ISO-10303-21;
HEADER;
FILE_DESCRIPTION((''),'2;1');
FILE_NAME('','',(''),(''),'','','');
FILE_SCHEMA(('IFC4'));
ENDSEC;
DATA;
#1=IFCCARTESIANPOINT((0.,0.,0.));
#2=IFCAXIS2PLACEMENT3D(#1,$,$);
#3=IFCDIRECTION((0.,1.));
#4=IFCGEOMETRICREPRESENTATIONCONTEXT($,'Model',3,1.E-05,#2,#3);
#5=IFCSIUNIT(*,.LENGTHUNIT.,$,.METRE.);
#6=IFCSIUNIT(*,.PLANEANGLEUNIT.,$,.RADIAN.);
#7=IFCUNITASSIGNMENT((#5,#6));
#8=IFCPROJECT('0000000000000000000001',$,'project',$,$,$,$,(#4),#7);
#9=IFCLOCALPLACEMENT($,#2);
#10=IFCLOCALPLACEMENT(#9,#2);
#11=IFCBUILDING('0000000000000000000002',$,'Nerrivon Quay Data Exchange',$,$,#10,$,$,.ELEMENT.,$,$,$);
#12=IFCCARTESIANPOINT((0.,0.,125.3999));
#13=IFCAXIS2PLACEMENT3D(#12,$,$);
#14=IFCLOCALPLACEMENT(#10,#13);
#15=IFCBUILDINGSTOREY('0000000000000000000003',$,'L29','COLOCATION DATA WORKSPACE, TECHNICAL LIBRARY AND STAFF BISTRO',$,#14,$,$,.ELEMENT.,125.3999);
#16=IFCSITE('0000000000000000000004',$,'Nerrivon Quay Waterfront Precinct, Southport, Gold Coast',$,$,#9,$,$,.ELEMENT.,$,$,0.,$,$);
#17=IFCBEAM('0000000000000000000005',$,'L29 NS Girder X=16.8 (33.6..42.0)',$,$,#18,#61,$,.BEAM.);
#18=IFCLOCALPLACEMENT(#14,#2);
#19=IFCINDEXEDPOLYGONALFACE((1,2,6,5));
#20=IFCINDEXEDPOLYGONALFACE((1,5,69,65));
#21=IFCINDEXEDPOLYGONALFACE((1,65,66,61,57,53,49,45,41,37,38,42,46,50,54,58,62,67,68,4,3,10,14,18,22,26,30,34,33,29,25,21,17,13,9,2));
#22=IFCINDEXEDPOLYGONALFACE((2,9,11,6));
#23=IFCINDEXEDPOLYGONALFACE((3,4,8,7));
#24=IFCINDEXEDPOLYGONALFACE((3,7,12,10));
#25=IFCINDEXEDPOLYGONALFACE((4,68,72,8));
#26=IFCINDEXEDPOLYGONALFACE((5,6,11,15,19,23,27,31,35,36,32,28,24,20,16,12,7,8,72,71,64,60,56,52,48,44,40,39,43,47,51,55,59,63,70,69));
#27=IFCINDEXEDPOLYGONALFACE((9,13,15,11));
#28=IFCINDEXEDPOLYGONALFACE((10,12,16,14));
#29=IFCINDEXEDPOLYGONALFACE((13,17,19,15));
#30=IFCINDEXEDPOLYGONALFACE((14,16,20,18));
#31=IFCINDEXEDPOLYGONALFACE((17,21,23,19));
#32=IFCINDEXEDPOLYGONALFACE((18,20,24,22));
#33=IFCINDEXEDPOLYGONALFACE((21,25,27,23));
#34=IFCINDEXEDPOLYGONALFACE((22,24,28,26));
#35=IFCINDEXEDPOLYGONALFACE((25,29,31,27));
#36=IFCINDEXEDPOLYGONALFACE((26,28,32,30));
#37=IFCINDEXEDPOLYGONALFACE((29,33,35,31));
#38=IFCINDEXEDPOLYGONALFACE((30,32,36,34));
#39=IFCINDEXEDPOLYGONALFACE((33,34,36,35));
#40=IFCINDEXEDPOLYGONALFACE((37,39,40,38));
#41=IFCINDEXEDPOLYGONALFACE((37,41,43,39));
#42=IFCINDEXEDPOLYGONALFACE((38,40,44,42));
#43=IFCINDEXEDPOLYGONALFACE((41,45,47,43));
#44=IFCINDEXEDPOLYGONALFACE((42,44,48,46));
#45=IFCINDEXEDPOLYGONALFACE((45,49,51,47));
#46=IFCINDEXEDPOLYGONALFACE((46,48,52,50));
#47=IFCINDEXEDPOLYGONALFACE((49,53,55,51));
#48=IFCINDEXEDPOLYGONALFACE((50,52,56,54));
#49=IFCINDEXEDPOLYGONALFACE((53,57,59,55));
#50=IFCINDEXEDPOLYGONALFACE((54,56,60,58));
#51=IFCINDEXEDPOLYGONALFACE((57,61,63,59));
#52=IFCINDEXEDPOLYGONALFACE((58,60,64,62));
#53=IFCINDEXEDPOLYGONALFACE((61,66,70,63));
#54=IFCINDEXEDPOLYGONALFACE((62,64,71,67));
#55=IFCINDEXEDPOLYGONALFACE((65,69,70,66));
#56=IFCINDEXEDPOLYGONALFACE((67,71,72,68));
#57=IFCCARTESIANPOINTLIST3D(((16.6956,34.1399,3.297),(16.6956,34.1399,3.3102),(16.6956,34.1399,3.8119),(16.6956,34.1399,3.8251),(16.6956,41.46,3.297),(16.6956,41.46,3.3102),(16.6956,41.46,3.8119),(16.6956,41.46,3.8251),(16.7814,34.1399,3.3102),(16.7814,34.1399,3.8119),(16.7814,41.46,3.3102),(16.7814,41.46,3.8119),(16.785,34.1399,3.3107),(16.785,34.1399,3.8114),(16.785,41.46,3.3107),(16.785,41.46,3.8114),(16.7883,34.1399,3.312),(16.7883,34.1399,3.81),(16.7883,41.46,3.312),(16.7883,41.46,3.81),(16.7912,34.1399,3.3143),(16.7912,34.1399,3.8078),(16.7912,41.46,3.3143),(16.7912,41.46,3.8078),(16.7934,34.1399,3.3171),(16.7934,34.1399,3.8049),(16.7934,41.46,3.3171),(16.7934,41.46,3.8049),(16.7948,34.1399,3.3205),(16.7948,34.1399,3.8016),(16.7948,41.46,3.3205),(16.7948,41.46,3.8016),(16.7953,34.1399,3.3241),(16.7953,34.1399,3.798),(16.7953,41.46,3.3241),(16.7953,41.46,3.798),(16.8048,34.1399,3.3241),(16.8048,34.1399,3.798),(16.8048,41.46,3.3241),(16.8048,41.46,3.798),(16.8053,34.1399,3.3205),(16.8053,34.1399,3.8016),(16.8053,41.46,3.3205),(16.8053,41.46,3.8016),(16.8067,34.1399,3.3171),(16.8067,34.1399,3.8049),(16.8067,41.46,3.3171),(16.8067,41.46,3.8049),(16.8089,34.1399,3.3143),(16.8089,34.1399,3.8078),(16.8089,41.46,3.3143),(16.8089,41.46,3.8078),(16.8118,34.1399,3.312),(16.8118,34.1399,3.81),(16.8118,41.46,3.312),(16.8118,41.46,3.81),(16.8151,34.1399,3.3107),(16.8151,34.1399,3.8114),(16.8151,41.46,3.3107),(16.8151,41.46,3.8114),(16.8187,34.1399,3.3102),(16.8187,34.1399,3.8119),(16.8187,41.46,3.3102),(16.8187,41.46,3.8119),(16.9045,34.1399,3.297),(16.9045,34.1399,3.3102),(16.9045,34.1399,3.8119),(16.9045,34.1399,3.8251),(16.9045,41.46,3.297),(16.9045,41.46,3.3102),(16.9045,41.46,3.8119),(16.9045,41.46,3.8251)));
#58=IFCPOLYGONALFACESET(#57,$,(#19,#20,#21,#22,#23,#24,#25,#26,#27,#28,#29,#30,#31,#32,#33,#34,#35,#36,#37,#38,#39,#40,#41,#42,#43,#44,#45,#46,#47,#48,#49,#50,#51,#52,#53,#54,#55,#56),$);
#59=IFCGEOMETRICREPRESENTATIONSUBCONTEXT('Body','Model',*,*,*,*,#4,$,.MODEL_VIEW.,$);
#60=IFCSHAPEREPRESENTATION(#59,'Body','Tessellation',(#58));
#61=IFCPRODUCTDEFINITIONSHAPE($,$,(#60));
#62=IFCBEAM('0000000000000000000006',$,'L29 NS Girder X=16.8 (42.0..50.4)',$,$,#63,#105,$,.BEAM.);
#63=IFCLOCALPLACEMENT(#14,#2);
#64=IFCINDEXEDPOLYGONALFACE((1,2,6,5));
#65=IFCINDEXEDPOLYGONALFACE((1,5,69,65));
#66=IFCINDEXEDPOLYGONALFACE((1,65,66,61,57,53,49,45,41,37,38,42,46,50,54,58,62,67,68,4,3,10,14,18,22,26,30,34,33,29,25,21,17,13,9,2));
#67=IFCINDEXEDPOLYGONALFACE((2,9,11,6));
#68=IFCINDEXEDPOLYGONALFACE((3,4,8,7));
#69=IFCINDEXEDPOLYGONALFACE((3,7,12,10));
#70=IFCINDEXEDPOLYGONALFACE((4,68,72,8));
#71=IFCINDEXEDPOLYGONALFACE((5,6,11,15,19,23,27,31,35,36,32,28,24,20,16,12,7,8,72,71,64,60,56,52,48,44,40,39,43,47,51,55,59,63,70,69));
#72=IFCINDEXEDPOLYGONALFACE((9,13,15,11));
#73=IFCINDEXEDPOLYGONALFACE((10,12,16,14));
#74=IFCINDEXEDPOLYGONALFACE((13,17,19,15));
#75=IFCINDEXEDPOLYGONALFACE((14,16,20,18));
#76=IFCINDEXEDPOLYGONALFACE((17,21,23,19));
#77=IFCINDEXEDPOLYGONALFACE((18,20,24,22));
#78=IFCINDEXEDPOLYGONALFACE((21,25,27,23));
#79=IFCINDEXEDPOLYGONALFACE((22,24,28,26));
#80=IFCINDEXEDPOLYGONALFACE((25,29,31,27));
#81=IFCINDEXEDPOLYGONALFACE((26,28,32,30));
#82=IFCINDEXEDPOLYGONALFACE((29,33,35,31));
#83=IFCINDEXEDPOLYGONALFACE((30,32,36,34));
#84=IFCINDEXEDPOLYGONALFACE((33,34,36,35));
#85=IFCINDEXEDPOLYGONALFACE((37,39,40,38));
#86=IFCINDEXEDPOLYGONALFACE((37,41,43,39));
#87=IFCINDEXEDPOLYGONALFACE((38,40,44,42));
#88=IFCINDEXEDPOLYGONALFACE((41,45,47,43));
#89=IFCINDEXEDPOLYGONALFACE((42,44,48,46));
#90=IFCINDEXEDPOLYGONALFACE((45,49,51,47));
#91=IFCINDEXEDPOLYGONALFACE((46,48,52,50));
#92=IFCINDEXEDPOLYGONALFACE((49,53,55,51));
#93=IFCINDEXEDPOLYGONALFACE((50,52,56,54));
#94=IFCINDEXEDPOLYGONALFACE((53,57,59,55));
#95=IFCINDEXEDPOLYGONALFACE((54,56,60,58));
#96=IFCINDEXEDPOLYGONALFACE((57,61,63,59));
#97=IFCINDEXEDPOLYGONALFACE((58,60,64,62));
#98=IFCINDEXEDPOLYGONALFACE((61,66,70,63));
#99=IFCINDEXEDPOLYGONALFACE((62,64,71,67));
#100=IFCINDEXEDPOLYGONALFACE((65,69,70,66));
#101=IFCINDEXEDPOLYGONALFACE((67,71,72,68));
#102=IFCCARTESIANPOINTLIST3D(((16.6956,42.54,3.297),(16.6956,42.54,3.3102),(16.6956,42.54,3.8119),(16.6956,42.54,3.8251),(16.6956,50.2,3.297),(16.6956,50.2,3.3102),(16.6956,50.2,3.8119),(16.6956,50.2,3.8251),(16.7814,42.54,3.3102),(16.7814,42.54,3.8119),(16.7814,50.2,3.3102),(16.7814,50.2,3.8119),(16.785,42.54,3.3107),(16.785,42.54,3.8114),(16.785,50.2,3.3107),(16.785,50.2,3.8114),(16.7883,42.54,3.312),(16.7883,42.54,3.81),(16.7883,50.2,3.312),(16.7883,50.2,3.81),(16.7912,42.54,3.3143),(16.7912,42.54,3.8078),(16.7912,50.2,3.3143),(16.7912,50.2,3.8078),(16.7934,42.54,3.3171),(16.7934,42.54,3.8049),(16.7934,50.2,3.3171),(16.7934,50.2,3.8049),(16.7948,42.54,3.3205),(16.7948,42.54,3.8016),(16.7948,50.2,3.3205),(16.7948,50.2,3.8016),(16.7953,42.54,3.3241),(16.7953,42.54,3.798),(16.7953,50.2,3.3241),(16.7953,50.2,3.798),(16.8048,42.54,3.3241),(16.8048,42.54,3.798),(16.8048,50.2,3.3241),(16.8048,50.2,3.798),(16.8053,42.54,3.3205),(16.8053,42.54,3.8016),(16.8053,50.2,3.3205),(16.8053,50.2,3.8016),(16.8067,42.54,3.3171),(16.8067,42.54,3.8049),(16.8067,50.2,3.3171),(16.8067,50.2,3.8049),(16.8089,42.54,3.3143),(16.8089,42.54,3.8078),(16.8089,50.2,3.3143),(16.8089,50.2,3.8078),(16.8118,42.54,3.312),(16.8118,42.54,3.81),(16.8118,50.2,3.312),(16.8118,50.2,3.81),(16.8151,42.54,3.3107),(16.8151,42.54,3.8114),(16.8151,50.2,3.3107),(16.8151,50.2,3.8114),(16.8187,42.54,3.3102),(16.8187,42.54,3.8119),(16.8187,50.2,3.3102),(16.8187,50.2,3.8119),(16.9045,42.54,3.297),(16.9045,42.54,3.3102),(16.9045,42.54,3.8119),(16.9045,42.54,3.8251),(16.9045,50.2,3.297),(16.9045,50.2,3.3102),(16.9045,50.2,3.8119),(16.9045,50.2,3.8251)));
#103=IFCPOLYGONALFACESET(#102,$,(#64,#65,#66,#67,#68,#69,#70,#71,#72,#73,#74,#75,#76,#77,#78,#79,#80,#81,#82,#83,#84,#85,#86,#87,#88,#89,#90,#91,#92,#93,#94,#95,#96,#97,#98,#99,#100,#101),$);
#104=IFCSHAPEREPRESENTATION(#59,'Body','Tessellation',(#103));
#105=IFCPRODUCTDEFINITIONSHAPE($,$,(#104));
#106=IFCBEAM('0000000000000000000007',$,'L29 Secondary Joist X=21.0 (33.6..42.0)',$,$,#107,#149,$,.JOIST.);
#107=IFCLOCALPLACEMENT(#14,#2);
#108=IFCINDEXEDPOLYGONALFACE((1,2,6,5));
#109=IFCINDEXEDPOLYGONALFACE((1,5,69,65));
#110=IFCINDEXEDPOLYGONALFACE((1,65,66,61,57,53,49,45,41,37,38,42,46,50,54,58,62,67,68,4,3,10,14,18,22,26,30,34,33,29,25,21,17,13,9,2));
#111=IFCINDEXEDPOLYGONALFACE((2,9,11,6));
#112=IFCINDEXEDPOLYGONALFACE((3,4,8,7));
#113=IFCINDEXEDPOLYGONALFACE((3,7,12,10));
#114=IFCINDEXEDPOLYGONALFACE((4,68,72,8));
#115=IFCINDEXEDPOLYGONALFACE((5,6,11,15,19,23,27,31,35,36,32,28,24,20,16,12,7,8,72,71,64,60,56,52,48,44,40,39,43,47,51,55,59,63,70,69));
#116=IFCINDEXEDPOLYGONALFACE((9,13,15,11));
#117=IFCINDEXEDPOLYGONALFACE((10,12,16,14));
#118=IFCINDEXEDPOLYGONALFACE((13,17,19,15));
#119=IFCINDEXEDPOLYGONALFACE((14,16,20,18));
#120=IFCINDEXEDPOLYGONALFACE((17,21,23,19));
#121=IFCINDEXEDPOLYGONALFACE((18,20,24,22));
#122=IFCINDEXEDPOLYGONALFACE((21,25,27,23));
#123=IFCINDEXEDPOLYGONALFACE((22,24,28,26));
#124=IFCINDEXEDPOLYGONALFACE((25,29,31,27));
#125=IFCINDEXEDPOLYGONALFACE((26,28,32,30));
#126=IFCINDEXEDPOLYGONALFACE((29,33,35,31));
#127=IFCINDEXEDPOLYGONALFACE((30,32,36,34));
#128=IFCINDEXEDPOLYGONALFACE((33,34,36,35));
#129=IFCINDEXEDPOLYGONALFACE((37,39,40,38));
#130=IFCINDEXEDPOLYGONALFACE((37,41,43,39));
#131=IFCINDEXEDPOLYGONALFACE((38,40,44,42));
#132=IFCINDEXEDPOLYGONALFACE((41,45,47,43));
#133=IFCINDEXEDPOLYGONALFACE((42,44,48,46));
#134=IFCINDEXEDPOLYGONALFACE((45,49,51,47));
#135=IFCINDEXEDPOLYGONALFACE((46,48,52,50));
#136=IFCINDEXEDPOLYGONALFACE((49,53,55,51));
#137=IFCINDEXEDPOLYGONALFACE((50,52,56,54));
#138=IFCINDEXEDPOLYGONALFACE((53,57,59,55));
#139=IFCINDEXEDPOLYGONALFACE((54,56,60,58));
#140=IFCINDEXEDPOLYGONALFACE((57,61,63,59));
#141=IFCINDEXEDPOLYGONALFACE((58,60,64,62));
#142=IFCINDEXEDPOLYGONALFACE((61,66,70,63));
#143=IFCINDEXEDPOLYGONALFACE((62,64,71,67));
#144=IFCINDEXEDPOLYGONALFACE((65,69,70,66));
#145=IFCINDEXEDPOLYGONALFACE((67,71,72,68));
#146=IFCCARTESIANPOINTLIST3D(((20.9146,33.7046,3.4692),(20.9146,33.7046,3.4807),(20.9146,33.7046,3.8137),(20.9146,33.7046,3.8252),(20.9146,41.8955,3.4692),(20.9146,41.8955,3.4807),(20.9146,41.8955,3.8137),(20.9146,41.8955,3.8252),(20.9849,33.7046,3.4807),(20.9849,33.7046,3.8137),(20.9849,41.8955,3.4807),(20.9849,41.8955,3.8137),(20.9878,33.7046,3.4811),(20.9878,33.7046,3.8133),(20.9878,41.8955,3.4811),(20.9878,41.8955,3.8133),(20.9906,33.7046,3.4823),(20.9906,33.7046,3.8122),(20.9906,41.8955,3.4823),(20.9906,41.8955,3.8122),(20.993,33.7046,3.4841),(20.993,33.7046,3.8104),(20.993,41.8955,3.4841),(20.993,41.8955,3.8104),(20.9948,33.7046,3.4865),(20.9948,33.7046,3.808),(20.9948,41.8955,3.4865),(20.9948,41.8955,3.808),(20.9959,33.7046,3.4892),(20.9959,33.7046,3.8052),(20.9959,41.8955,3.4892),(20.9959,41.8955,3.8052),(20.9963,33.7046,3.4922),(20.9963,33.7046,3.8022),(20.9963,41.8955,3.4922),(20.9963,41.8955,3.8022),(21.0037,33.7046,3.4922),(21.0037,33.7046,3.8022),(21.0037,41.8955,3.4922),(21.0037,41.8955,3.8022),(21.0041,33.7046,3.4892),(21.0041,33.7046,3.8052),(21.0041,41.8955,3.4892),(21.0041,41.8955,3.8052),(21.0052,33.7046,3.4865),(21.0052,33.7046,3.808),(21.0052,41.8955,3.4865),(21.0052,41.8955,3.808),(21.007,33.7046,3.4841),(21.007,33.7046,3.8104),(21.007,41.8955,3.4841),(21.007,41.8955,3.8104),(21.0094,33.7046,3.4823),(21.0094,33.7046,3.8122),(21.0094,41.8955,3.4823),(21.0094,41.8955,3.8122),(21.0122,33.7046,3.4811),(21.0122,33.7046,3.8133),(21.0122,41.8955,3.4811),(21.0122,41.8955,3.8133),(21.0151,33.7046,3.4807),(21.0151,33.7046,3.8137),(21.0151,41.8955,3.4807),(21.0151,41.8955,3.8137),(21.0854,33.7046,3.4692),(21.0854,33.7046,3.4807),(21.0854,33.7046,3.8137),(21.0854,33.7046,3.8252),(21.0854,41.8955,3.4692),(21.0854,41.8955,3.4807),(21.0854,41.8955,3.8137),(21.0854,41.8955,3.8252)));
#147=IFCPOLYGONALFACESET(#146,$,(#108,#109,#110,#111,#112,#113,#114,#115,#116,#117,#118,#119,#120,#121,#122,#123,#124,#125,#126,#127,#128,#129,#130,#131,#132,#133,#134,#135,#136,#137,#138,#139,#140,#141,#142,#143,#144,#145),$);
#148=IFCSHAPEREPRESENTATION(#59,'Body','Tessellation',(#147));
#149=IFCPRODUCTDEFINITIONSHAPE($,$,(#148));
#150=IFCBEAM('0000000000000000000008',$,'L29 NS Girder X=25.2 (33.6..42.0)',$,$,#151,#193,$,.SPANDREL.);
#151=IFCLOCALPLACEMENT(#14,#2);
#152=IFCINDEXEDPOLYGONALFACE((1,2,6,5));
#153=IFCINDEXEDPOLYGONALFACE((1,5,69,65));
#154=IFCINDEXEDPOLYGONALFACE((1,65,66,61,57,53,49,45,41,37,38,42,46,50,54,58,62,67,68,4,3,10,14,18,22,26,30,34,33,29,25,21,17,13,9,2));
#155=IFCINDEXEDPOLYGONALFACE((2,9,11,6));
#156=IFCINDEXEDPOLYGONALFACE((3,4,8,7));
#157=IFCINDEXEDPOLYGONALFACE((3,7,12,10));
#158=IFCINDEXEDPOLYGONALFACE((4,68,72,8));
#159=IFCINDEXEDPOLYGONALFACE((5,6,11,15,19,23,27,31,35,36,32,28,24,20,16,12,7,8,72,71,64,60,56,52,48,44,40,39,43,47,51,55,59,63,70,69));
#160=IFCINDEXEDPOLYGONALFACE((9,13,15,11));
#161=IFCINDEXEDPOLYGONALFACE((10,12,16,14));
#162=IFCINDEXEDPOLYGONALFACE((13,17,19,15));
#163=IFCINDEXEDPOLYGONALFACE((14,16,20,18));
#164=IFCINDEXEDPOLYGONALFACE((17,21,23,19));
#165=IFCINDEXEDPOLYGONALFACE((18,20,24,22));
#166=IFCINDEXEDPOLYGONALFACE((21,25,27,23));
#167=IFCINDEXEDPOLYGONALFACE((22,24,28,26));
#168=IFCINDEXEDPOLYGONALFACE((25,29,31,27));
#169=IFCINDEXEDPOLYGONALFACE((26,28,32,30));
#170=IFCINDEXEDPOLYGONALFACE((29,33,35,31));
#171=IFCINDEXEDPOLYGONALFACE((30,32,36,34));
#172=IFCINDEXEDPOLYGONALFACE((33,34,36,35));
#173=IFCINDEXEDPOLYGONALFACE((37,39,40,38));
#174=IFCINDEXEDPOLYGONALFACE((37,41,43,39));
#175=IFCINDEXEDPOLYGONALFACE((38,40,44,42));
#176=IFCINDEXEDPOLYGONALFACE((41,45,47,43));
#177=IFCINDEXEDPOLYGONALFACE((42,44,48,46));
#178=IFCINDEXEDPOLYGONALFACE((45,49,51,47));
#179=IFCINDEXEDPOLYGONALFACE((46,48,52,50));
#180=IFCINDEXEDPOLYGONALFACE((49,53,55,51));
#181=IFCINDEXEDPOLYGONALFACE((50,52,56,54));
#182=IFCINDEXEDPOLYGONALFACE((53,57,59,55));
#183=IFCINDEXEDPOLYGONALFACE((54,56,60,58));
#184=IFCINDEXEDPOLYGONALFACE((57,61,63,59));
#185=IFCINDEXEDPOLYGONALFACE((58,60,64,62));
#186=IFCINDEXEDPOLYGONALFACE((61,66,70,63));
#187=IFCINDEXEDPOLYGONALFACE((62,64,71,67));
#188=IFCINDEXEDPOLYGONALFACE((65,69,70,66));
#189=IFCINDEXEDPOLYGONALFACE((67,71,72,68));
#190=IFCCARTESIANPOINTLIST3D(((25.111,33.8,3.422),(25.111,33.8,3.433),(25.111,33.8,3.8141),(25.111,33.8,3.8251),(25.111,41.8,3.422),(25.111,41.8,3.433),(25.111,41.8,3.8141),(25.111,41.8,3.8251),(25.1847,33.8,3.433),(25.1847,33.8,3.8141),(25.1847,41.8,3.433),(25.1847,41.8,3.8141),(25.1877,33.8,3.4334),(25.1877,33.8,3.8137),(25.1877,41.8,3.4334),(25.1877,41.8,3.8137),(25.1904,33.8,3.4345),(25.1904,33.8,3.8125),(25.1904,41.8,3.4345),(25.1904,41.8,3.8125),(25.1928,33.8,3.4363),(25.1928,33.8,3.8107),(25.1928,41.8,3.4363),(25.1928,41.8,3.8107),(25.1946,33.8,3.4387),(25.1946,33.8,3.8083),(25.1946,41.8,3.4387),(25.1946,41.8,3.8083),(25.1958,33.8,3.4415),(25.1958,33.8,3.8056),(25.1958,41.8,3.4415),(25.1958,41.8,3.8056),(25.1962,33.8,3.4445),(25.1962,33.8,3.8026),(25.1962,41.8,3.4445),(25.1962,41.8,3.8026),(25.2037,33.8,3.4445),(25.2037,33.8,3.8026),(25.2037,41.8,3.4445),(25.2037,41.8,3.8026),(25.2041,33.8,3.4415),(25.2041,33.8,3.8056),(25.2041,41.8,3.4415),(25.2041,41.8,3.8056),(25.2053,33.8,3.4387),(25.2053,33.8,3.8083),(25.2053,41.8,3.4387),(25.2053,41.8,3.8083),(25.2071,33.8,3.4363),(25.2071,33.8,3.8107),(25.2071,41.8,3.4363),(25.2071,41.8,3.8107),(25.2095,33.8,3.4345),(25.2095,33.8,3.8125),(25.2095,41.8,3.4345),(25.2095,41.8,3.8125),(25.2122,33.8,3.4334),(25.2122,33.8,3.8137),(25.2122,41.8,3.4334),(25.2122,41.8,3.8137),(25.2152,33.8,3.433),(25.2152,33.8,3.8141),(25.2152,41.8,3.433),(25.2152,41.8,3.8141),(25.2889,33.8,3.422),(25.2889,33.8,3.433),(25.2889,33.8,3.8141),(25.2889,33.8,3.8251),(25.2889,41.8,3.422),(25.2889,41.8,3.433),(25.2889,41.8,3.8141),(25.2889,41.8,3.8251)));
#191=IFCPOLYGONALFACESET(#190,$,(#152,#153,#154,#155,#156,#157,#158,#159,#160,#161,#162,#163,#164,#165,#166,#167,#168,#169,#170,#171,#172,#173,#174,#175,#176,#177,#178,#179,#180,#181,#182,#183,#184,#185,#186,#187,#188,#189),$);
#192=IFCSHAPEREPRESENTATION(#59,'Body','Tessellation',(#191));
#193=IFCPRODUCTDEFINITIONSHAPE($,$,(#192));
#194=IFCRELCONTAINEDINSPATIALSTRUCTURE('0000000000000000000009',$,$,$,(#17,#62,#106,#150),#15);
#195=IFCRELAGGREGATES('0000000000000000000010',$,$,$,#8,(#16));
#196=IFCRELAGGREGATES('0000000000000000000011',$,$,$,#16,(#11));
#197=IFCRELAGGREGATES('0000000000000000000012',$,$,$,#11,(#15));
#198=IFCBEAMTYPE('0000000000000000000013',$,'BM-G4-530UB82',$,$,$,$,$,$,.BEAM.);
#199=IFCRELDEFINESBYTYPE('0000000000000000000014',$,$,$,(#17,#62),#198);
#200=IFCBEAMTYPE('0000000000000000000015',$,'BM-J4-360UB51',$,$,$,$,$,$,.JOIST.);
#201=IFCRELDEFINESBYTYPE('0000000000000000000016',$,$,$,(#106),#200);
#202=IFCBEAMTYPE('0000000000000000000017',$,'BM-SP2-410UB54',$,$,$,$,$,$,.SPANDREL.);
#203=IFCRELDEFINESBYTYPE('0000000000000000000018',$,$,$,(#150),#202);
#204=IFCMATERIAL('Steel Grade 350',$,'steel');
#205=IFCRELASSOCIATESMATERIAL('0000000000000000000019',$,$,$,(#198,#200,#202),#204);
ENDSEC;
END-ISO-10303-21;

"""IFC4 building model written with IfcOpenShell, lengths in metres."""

from ifc_helpers import new_model, si_unit, direction, frame, origin, origin_2d, place, context, subcontext, project, spatial, i_section, extrude, material, material_profile, profile_set, type_object, element, save


model = new_model("IFC4")

# Units and contexts
model_context = context("Model", 3, precision=1e-05, world=origin(), true_north=direction((0.0, 1.0)))
body_context = subcontext(model_context, "Body", "Model", "MODEL_VIEW")
ifc_project = project(units=[si_unit("LENGTHUNIT", "METRE"), si_unit("PLANEANGLEUNIT", "RADIAN")], contexts=[model_context])

# Site, building, storey
site_placement = place(None, origin())
site = spatial("IfcSite", under=ifc_project, at=site_placement, Name="Nerrivon Quay Waterfront Precinct, Southport, Gold Coast", CompositionType="ELEMENT", RefElevation=0.0)
building_placement = place(site_placement, origin())
building = spatial("IfcBuilding", under=site, at=building_placement, Name="Nerrivon Quay Data Exchange", CompositionType="ELEMENT")
storey_placement = place(building_placement, frame((0.0, 0.0, 125.3999)))
storey = spatial("IfcBuildingStorey", under=building, at=storey_placement, Name="L29", Description="COLOCATION DATA WORKSPACE, TECHNICAL LIBRARY AND STAFF BISTRO", CompositionType="ELEMENT", Elevation=125.3999)

# Shared definitions
ifc_material_1 = material(Name="Steel Grade 350", Category="steel")

# Beams
ifc_material_profile_1 = material_profile(ifc_material_1, i_section(OverallWidth=0.209, OverallDepth=0.5281, WebThickness=0.0095, FlangeThickness=0.0132, FilletRadius=0.0139, at=origin_2d()), Name="530UB82.0")
ifc_profile_set_1 = profile_set([ifc_material_profile_1], Name="Steel Grade 350")
beam_type_1 = type_object("IfcBeamType", Name="BM-G4-530UB82", PredefinedType="BEAM", material=ifc_profile_set_1)
beam_1_placement = place(storey_placement, frame((16.8, 34.1399, 3.561), z_axis=(0.0, 1.0, 0.0), x_axis=(-1.0, 0.0, 0.0)))
element("IfcBeam", 1, at=beam_1_placement, inside=storey, type_object=beam_type_1, Name="L29 NS Girder X=16.8 (33.6..42.0)", PredefinedType="BEAM", context=body_context, shape_type="SweptSolid", body=[
    extrude(i_section(OverallWidth=0.209, OverallDepth=0.5281, WebThickness=0.0095, FlangeThickness=0.0132, FilletRadius=0.0139, at=origin_2d()), origin(), (0.0, 0.0, 1.0), 7.3201),
])
beam_2_placement = place(storey_placement, frame((16.8, 42.54, 3.561), z_axis=(0.0, 1.0, 0.0), x_axis=(-1.0, 0.0, 0.0)))
element("IfcBeam", 2, at=beam_2_placement, inside=storey, type_object=beam_type_1, Name="L29 NS Girder X=16.8 (42.0..50.4)", PredefinedType="BEAM", context=body_context, shape_type="SweptSolid", body=[
    extrude(i_section(OverallWidth=0.209, OverallDepth=0.5281, WebThickness=0.0095, FlangeThickness=0.0132, FilletRadius=0.0139, at=origin_2d()), origin(), (0.0, 0.0, 1.0), 7.6599),
])
ifc_material_profile_2 = material_profile(ifc_material_1, i_section(OverallWidth=0.1709, OverallDepth=0.356, WebThickness=0.0073, FlangeThickness=0.0115, FilletRadius=0.0115, at=origin_2d()), Name="360UB50.7")
ifc_profile_set_2 = profile_set([ifc_material_profile_2], Name="Steel Grade 350")
beam_type_2 = type_object("IfcBeamType", Name="BM-J4-360UB51", PredefinedType="JOIST", material=ifc_profile_set_2)
beam_3_placement = place(storey_placement, frame((21.0, 33.7046, 3.6472), z_axis=(0.0, 1.0, 0.0), x_axis=(-1.0, 0.0, 0.0)))
element("IfcBeam", 3, at=beam_3_placement, inside=storey, type_object=beam_type_2, Name="L29 Secondary Joist X=21.0 (33.6..42.0)", PredefinedType="JOIST", context=body_context, shape_type="SweptSolid", body=[
    extrude(i_section(OverallWidth=0.1709, OverallDepth=0.356, WebThickness=0.0073, FlangeThickness=0.0115, FilletRadius=0.0115, at=origin_2d()), origin(), (0.0, 0.0, 1.0), 8.1909),
])
ifc_material_profile_3 = material_profile(ifc_material_1, i_section(OverallWidth=0.178, OverallDepth=0.4031, WebThickness=0.0076, FlangeThickness=0.011, FilletRadius=0.0115, at=origin_2d()), Name="410UB53.7")
ifc_profile_set_3 = profile_set([ifc_material_profile_3], Name="Steel Grade 350")
beam_type_3 = type_object("IfcBeamType", Name="BM-SP2-410UB54", PredefinedType="SPANDREL", material=ifc_profile_set_3)
beam_4_placement = place(storey_placement, frame((25.2, 33.8, 3.6235), z_axis=(0.0, 1.0, 0.0), x_axis=(-1.0, 0.0, 0.0)))
element("IfcBeam", 4, at=beam_4_placement, inside=storey, type_object=beam_type_3, Name="L29 NS Girder X=25.2 (33.6..42.0)", PredefinedType="SPANDREL", context=body_context, shape_type="SweptSolid", body=[
    extrude(i_section(OverallWidth=0.178, OverallDepth=0.4031, WebThickness=0.0076, FlangeThickness=0.011, FilletRadius=0.0115, at=origin_2d()), origin(), (0.0, 0.0, 1.0), 8.0),
])

save(model, "model.ifc")
